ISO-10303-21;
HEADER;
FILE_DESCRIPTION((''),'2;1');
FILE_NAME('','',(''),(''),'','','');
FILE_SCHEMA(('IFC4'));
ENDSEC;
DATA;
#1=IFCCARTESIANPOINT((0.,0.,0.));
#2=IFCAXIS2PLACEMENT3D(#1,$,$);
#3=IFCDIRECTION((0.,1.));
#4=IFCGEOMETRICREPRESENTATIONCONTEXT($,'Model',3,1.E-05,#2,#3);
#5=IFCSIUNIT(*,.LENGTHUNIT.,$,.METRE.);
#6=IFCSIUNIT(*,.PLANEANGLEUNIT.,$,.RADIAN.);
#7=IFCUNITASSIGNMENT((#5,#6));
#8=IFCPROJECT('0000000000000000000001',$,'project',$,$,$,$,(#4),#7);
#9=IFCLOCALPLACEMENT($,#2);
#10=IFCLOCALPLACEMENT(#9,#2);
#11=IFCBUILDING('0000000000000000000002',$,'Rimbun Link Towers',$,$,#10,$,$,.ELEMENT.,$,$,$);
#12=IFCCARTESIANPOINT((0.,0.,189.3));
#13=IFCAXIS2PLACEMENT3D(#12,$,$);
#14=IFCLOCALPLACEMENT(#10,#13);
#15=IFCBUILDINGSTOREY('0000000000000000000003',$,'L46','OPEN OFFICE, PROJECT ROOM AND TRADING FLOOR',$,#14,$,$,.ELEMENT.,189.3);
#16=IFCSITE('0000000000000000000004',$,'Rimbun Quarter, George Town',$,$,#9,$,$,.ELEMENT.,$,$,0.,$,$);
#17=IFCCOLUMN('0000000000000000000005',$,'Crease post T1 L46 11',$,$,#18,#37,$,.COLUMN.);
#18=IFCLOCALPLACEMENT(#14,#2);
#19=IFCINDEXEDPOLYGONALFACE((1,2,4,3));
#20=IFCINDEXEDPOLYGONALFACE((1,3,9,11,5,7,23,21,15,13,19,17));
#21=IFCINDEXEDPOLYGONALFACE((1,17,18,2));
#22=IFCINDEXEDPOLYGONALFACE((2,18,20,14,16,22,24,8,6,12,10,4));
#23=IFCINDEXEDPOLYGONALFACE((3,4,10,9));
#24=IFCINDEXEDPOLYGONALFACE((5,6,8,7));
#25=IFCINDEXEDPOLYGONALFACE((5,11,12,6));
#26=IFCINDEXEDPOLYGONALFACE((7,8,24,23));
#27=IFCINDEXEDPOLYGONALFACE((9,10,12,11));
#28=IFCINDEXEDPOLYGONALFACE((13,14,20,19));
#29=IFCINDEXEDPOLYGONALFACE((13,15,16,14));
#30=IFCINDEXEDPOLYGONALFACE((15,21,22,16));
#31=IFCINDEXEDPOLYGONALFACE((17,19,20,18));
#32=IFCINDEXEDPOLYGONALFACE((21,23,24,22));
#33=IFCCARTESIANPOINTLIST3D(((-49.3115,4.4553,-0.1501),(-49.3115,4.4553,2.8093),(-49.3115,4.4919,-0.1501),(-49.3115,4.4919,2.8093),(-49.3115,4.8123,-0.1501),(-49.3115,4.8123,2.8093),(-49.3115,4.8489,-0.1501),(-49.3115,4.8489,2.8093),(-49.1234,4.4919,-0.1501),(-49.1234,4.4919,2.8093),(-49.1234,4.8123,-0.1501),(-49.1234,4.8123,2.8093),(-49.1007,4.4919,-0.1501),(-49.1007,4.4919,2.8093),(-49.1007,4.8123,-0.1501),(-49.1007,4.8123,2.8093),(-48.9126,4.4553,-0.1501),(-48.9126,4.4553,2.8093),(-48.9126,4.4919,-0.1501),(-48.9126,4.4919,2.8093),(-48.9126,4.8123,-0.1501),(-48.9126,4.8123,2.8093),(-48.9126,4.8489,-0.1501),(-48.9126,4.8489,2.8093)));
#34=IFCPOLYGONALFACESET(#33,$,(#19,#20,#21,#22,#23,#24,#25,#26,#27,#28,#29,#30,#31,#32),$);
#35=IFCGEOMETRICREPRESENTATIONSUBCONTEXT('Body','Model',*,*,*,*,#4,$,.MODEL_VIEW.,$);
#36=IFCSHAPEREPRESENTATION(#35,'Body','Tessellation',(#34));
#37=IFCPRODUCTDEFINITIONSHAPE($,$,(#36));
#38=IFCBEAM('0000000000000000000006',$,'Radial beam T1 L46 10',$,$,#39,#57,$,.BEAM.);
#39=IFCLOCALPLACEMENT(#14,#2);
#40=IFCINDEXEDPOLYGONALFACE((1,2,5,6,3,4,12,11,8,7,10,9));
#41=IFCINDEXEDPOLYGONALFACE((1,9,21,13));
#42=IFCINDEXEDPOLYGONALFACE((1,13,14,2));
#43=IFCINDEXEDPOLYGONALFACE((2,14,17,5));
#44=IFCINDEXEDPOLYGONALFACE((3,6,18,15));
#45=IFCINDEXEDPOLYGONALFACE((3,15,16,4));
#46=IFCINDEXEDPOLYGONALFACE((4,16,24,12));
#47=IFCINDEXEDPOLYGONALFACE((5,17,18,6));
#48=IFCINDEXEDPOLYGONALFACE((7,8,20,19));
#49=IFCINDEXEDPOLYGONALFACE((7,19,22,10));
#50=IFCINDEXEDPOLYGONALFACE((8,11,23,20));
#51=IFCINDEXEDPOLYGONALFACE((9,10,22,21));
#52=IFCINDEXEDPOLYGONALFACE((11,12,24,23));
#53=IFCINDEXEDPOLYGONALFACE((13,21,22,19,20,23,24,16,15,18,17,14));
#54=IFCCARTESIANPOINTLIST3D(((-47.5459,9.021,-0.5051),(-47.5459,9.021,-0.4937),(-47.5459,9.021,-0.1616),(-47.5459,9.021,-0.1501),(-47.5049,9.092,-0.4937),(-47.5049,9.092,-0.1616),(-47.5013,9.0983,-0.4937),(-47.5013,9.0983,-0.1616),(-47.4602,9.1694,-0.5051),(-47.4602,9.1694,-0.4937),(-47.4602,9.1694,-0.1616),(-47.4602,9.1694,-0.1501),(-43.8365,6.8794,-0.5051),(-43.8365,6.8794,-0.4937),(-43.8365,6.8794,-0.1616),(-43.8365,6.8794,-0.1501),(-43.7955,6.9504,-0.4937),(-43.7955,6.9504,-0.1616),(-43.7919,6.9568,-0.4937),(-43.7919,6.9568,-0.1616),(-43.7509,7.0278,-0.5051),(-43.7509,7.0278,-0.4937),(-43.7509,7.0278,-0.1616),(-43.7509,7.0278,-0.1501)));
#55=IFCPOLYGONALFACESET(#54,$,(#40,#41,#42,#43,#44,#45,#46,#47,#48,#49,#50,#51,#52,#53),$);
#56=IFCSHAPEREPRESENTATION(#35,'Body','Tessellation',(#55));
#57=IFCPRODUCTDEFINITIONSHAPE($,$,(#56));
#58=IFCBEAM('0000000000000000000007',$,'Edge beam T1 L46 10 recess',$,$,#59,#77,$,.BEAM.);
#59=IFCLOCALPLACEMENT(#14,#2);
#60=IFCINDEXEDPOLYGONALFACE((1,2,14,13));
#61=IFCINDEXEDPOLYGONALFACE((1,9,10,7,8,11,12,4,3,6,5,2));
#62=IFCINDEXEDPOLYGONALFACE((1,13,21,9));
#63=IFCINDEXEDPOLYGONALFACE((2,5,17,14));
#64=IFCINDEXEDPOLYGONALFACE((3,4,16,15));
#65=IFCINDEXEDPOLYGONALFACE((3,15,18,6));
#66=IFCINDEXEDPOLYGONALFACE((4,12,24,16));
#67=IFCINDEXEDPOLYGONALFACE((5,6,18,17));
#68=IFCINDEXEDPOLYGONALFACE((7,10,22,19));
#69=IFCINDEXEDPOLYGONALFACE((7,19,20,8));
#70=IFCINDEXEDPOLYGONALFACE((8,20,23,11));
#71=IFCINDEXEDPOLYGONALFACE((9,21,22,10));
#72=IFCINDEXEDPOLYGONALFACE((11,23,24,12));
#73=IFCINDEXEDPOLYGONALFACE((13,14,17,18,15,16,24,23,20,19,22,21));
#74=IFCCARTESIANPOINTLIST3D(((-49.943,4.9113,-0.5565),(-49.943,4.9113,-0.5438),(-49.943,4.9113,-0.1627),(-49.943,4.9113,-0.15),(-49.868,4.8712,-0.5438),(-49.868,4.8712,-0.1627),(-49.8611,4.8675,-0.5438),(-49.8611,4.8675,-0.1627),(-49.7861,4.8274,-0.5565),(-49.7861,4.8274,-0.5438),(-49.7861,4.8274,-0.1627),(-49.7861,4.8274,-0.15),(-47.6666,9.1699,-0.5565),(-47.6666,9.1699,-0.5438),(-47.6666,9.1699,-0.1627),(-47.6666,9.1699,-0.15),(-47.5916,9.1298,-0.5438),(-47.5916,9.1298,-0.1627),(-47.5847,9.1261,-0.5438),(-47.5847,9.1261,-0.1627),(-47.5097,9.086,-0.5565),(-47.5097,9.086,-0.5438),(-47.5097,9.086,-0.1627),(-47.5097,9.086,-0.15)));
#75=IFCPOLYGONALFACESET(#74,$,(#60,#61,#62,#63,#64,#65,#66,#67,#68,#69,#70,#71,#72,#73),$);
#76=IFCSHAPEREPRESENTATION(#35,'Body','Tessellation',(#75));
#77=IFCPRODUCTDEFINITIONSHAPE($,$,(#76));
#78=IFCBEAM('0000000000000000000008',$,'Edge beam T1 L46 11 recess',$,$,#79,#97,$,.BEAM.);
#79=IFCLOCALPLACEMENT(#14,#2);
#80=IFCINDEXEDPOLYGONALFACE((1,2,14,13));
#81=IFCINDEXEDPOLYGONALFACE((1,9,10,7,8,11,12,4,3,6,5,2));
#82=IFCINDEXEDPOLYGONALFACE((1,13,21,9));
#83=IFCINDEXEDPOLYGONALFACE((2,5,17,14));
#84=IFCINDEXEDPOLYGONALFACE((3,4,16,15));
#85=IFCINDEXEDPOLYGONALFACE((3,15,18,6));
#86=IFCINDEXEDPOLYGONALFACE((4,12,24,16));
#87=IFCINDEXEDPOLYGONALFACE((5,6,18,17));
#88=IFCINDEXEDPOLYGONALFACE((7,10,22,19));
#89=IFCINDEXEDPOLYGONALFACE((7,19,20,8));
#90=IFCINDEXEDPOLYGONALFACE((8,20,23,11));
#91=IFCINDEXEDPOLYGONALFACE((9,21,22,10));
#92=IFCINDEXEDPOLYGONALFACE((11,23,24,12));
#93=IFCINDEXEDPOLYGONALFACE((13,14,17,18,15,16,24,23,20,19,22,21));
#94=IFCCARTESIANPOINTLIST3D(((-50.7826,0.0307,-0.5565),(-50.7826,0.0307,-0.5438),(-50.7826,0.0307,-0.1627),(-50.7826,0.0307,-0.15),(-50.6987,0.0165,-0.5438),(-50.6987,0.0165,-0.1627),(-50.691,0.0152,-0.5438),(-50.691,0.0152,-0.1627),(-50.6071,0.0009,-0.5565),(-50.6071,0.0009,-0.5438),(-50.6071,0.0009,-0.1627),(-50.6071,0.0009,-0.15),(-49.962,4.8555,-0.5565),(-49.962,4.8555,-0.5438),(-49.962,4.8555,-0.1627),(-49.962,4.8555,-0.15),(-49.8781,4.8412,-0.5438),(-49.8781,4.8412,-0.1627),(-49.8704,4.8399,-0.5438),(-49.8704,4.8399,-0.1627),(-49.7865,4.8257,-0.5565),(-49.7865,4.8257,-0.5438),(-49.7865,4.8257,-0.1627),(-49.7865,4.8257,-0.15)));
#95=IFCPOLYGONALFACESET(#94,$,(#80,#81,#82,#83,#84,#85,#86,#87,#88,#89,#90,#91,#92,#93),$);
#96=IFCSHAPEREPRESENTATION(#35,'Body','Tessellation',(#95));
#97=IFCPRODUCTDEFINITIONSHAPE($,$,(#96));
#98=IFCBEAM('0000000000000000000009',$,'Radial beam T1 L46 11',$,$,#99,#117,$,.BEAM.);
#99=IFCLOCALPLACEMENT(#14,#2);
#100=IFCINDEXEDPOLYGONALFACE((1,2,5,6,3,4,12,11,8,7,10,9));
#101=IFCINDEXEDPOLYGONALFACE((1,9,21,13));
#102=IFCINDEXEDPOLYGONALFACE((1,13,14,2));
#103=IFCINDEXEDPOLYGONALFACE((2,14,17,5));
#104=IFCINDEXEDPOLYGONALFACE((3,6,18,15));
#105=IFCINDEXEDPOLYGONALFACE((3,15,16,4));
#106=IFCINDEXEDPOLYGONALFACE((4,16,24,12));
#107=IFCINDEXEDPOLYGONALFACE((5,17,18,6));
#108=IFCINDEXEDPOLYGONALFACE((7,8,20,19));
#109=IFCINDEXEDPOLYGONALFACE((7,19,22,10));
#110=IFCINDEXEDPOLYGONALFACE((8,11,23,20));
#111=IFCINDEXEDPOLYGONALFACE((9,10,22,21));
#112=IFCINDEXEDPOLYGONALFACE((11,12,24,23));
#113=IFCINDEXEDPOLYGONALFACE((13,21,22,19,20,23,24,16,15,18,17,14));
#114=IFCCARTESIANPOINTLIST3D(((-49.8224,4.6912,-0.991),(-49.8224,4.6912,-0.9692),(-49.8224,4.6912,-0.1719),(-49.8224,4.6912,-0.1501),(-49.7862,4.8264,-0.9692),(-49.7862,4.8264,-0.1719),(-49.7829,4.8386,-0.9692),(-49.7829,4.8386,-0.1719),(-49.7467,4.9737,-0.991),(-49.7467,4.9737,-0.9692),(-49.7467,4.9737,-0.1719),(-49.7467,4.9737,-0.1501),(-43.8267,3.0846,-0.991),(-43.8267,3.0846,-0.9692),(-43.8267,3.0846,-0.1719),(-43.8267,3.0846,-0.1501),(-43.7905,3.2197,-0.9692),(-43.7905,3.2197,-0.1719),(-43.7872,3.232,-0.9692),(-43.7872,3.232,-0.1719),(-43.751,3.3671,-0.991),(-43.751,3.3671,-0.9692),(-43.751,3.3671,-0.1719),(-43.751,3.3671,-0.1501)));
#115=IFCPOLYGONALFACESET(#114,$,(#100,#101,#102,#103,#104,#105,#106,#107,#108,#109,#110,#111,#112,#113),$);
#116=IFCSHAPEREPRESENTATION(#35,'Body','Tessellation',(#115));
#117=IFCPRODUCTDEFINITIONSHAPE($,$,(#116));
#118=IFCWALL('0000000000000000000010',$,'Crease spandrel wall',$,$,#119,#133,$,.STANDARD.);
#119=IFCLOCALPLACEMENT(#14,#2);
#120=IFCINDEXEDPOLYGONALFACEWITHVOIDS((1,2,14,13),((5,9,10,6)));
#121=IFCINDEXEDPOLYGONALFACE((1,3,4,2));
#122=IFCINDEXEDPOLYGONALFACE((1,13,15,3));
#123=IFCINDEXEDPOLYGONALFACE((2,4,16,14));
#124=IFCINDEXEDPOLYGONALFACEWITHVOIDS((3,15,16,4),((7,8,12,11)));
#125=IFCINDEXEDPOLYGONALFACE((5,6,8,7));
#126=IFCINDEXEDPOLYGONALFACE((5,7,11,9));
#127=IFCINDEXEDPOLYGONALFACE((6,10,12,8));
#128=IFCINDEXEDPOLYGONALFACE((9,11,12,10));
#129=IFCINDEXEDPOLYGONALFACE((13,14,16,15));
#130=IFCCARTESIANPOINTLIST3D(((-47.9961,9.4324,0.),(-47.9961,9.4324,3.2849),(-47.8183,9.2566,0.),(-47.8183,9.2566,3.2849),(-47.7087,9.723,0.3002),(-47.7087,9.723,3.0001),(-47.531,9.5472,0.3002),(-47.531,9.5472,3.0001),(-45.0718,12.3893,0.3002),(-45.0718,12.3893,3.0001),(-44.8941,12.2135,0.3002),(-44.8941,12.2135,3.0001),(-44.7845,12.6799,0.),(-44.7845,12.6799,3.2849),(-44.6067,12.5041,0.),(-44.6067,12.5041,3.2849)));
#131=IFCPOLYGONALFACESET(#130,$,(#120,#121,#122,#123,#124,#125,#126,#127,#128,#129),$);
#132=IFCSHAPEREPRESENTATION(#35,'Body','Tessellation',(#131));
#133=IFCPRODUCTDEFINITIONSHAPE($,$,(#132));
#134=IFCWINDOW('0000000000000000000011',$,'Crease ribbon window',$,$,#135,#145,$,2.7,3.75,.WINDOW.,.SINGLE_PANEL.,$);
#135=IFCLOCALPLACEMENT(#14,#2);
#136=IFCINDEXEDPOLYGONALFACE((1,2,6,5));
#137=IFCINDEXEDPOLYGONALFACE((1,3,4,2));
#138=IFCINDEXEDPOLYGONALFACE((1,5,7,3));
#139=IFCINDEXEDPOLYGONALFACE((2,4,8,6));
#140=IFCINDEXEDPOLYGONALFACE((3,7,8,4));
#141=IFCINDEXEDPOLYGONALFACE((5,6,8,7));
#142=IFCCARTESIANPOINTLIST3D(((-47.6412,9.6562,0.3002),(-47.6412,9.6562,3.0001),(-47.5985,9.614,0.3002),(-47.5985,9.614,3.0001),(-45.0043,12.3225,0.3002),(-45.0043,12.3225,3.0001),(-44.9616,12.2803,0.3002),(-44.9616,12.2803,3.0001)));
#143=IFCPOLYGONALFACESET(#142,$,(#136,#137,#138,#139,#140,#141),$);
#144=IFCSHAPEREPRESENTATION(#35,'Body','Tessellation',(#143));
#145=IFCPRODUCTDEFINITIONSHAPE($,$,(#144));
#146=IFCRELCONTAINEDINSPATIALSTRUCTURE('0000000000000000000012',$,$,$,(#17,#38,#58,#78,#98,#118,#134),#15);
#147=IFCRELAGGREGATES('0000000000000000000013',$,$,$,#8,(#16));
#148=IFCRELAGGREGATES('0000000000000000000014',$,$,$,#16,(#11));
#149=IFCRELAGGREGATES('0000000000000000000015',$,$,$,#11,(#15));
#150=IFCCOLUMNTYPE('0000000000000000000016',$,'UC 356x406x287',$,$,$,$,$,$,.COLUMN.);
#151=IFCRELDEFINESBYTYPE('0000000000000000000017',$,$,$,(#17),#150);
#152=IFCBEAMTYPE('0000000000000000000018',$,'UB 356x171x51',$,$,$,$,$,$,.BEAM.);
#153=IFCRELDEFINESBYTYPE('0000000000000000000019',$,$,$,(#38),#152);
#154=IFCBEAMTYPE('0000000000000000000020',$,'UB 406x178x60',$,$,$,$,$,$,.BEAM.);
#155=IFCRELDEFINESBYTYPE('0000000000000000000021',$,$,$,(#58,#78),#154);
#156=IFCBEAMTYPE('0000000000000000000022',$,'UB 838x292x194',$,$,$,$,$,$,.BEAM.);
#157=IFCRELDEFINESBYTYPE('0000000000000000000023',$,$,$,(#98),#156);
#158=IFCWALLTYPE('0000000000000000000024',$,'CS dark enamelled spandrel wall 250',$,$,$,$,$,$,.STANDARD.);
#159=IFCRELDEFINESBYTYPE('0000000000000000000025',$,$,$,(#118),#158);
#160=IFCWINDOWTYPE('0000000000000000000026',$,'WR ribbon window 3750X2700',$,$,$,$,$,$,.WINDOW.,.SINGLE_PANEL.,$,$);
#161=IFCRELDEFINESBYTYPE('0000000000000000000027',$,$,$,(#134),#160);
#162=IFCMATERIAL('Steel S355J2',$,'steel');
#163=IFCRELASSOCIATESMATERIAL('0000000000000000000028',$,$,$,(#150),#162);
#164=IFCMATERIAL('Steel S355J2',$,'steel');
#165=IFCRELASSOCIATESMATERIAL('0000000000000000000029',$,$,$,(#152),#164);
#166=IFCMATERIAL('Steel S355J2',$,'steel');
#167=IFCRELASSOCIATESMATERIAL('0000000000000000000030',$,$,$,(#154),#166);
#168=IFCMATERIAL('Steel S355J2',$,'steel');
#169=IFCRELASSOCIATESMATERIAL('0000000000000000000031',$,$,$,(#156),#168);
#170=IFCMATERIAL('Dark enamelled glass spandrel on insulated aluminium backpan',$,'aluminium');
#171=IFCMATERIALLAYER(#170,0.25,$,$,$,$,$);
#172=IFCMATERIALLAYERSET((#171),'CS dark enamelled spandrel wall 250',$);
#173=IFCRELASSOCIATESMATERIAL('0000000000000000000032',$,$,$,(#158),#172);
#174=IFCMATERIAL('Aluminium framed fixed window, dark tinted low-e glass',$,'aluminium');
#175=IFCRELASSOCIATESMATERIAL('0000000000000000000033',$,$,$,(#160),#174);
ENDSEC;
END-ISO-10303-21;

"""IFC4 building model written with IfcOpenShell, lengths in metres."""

from ifc_helpers import new_model, si_unit, direction, frame, frame_2d, origin, origin_2d, place, context, subcontext, project, spatial, rectangle, i_section, extrude, material, layer, layer_set, material_profile, profile_set, type_object, element, fill, save


model = new_model("IFC4")

# Units and contexts
model_context = context("Model", 3, precision=1e-05, world=origin(), true_north=direction((0.0, 1.0)))
body_context = subcontext(model_context, "Body", "Model", "MODEL_VIEW")
ifc_project = project(units=[si_unit("LENGTHUNIT", "METRE"), si_unit("PLANEANGLEUNIT", "RADIAN")], contexts=[model_context])

# Site, building, storey
site_placement = place(None, origin())
site = spatial("IfcSite", under=ifc_project, at=site_placement, Name="Rimbun Quarter, George Town", CompositionType="ELEMENT", RefElevation=0.0)
building_placement = place(site_placement, origin())
building = spatial("IfcBuilding", under=site, at=building_placement, Name="Rimbun Link Towers", CompositionType="ELEMENT")
storey_placement = place(building_placement, frame((0.0, 0.0, 189.3)))
storey = spatial("IfcBuildingStorey", under=building, at=storey_placement, Name="L46", Description="OPEN OFFICE, PROJECT ROOM AND TRADING FLOOR", CompositionType="ELEMENT", Elevation=189.3)

# Column
ifc_material_1 = material(Name="Steel S355J2", Category="steel")
ifc_material_profile_1 = material_profile(ifc_material_1, i_section(OverallWidth=0.3989, OverallDepth=0.3936, WebThickness=0.0227, FlangeThickness=0.0366, at=origin_2d()), Name="UC 356x406x287")
ifc_profile_set_1 = profile_set([ifc_material_profile_1], Name="Steel S355J2")
column_type = type_object("IfcColumnType", Name="UC 356x406x287", PredefinedType="COLUMN", material=ifc_profile_set_1)
column_placement = place(storey_placement, frame((-49.1121, 4.6521, -0.1501), z_axis=(0.0, 0.0, 1.0), x_axis=(1.0, 0.0, 0.0)))
element("IfcColumn", 1, at=column_placement, inside=storey, type_object=column_type, Name="Crease post T1 L46 11", PredefinedType="COLUMN", context=body_context, shape_type="SweptSolid", body=[
    extrude(i_section(OverallWidth=0.3989, OverallDepth=0.3936, WebThickness=0.0227, FlangeThickness=0.0366, at=origin_2d()), origin(), (0.0, 0.0, 1.0), 2.9595),
])

# Beams
ifc_material_2 = material(Name="Steel S355J2", Category="steel")
ifc_material_profile_2 = material_profile(ifc_material_2, i_section(OverallWidth=0.1714, OverallDepth=0.355, WebThickness=0.0073, FlangeThickness=0.0115, at=origin_2d()), Name="UB 356x171x51")
ifc_profile_set_2 = profile_set([ifc_material_profile_2], Name="Steel S355J2")
beam_type_1 = type_object("IfcBeamType", Name="UB 356x171x51", PredefinedType="BEAM", material=ifc_profile_set_2)
beam_1_placement = place(storey_placement, frame((-43.7937, 6.9536, -0.3276), z_axis=(-0.866032, 0.499989, 0.0), x_axis=(-0.499989, -0.866032, 0.0)))
element("IfcBeam", 2, at=beam_1_placement, inside=storey, type_object=beam_type_1, Name="Radial beam T1 L46 10", PredefinedType="BEAM", context=body_context, shape_type="SweptSolid", body=[
    extrude(i_section(OverallWidth=0.1714, OverallDepth=0.355, WebThickness=0.0073, FlangeThickness=0.0115, at=origin_2d()), origin(), (0.0, 0.0, 1.0), 4.2832),
])
ifc_material_3 = material(Name="Steel S355J2", Category="steel")
ifc_material_profile_3 = material_profile(ifc_material_3, i_section(OverallWidth=0.178, OverallDepth=0.4065, WebThickness=0.0078, FlangeThickness=0.0127, at=origin_2d()), Name="UB 406x178x60")
ifc_profile_set_3 = profile_set([ifc_material_profile_3], Name="Steel S355J2")
beam_type_2 = type_object("IfcBeamType", Name="UB 406x178x60", PredefinedType="BEAM", material=ifc_profile_set_3)
beam_2_placement = place(storey_placement, frame((-47.5881, 9.1279, -0.3533), z_axis=(-0.471417, -0.88191, 0.0), x_axis=(0.88191, -0.471417, 0.0)))
element("IfcBeam", 3, at=beam_2_placement, inside=storey, type_object=beam_type_2, Name="Edge beam T1 L46 10 recess", PredefinedType="BEAM", context=body_context, shape_type="SweptSolid", body=[
    extrude(i_section(OverallWidth=0.178, OverallDepth=0.4065, WebThickness=0.0078, FlangeThickness=0.0127, at=origin_2d()), origin(), (0.0, 0.0, 1.0), 4.8289),
])
beam_3_placement = place(storey_placement, frame((-49.8743, 4.8406, -0.3533), z_axis=(-0.167666, -0.985844, 0.0), x_axis=(0.985844, -0.167666, 0.0)))
element("IfcBeam", 4, at=beam_3_placement, inside=storey, type_object=beam_type_2, Name="Edge beam T1 L46 11 recess", PredefinedType="BEAM", context=body_context, shape_type="SweptSolid", body=[
    extrude(i_section(OverallWidth=0.178, OverallDepth=0.4065, WebThickness=0.0078, FlangeThickness=0.0127, at=origin_2d()), origin(), (0.0, 0.0, 1.0), 4.894),
])
ifc_material_4 = material(Name="Steel S355J2", Category="steel")
ifc_material_profile_4 = material_profile(ifc_material_4, i_section(OverallWidth=0.2925, OverallDepth=0.8408, WebThickness=0.0127, FlangeThickness=0.0217, at=origin_2d()), Name="UB 838x292x194")
ifc_profile_set_4 = profile_set([ifc_material_profile_4], Name="Steel S355J2")
beam_type_3 = type_object("IfcBeamType", Name="UB 838x292x194", PredefinedType="BEAM", material=ifc_profile_set_4)
beam_4_placement = place(storey_placement, frame((-43.7888, 3.2258, -0.5706), z_axis=(-0.965922, 0.258835, 0.0), x_axis=(-0.258835, -0.965922, 0.0)))
element("IfcBeam", 5, at=beam_4_placement, inside=storey, type_object=beam_type_3, Name="Radial beam T1 L46 11", PredefinedType="BEAM", context=body_context, shape_type="SweptSolid", body=[
    extrude(i_section(OverallWidth=0.2925, OverallDepth=0.8408, WebThickness=0.0127, FlangeThickness=0.0217, at=origin_2d()), origin(), (0.0, 0.0, 1.0), 6.2073),
])

# Wall, opening, window
ifc_material_5 = material(Name="Dark enamelled glass spandrel on insulated aluminium backpan", Category="aluminium")
ifc_layer_1 = layer(ifc_material_5, 0.25)
ifc_layer_set_1 = layer_set([ifc_layer_1], Name="CS dark enamelled spandrel wall 250")
wall_type_1 = type_object("IfcWallType", Name="CS dark enamelled spandrel wall 250", PredefinedType="STANDARD", material=ifc_layer_set_1)
wall_1_placement = place(storey_placement, frame((-47.9072, 9.3445, 0.0), z_axis=(0.0, 0.0, 1.0), x_axis=(0.703167, 0.711025, 0.0)))
wall_1 = element("IfcWall", 6, at=wall_1_placement, inside=storey, type_object=wall_type_1, Name="Crease spandrel wall", PredefinedType="STANDARD", context=body_context, shape_type="SweptSolid", body=[
    extrude(rectangle(XDim=4.5674, YDim=0.25, at=frame_2d((2.2837, 0.0))), origin(), (0.0, 0.0, 1.0), 3.2849),
])
opening_1_placement = place(wall_1_placement, frame((0.4087, 0.0, 0.3)))
opening_1 = element("IfcOpeningElement", 7, at=opening_1_placement, cuts=wall_1, PredefinedType="OPENING", context=body_context, shape_type="SweptSolid", body=[
    extrude(rectangle(XDim=3.75, YDim=2.7, at=frame_2d((1.875, 1.3501))), frame((0.0, 0.135, 0.0), z_axis=(0.0, -1.0, 0.0), x_axis=(1.0, 0.0, 0.0)), (0.0, 0.0, 1.0), 0.27),
])
ifc_material_6 = material(Name="Aluminium framed fixed window, dark tinted low-e glass", Category="aluminium")
window_type_1 = type_object("IfcWindowType", Name="WR ribbon window 3750X2700", PartitioningType="SINGLE_PANEL", PredefinedType="WINDOW", material=ifc_material_6)
window_1_placement = place(opening_1_placement, origin())
window_1 = element("IfcWindow", 8, at=window_1_placement, inside=storey, type_object=window_type_1, Name="Crease ribbon window", OverallHeight=2.7, OverallWidth=3.75, PartitioningType="SINGLE_PANEL", PredefinedType="WINDOW", context=body_context, shape_type="SweptSolid", body=[
    extrude(rectangle(XDim=3.75, YDim=2.7, at=frame_2d((1.875, 1.3501))), frame((0.0, 0.03, 0.0), z_axis=(0.0, -1.0, 0.0), x_axis=(1.0, 0.0, 0.0)), (0.0, 0.0, 1.0), 0.0601),
])
fill(opening_1, window_1)

save(model, "model.ifc")
